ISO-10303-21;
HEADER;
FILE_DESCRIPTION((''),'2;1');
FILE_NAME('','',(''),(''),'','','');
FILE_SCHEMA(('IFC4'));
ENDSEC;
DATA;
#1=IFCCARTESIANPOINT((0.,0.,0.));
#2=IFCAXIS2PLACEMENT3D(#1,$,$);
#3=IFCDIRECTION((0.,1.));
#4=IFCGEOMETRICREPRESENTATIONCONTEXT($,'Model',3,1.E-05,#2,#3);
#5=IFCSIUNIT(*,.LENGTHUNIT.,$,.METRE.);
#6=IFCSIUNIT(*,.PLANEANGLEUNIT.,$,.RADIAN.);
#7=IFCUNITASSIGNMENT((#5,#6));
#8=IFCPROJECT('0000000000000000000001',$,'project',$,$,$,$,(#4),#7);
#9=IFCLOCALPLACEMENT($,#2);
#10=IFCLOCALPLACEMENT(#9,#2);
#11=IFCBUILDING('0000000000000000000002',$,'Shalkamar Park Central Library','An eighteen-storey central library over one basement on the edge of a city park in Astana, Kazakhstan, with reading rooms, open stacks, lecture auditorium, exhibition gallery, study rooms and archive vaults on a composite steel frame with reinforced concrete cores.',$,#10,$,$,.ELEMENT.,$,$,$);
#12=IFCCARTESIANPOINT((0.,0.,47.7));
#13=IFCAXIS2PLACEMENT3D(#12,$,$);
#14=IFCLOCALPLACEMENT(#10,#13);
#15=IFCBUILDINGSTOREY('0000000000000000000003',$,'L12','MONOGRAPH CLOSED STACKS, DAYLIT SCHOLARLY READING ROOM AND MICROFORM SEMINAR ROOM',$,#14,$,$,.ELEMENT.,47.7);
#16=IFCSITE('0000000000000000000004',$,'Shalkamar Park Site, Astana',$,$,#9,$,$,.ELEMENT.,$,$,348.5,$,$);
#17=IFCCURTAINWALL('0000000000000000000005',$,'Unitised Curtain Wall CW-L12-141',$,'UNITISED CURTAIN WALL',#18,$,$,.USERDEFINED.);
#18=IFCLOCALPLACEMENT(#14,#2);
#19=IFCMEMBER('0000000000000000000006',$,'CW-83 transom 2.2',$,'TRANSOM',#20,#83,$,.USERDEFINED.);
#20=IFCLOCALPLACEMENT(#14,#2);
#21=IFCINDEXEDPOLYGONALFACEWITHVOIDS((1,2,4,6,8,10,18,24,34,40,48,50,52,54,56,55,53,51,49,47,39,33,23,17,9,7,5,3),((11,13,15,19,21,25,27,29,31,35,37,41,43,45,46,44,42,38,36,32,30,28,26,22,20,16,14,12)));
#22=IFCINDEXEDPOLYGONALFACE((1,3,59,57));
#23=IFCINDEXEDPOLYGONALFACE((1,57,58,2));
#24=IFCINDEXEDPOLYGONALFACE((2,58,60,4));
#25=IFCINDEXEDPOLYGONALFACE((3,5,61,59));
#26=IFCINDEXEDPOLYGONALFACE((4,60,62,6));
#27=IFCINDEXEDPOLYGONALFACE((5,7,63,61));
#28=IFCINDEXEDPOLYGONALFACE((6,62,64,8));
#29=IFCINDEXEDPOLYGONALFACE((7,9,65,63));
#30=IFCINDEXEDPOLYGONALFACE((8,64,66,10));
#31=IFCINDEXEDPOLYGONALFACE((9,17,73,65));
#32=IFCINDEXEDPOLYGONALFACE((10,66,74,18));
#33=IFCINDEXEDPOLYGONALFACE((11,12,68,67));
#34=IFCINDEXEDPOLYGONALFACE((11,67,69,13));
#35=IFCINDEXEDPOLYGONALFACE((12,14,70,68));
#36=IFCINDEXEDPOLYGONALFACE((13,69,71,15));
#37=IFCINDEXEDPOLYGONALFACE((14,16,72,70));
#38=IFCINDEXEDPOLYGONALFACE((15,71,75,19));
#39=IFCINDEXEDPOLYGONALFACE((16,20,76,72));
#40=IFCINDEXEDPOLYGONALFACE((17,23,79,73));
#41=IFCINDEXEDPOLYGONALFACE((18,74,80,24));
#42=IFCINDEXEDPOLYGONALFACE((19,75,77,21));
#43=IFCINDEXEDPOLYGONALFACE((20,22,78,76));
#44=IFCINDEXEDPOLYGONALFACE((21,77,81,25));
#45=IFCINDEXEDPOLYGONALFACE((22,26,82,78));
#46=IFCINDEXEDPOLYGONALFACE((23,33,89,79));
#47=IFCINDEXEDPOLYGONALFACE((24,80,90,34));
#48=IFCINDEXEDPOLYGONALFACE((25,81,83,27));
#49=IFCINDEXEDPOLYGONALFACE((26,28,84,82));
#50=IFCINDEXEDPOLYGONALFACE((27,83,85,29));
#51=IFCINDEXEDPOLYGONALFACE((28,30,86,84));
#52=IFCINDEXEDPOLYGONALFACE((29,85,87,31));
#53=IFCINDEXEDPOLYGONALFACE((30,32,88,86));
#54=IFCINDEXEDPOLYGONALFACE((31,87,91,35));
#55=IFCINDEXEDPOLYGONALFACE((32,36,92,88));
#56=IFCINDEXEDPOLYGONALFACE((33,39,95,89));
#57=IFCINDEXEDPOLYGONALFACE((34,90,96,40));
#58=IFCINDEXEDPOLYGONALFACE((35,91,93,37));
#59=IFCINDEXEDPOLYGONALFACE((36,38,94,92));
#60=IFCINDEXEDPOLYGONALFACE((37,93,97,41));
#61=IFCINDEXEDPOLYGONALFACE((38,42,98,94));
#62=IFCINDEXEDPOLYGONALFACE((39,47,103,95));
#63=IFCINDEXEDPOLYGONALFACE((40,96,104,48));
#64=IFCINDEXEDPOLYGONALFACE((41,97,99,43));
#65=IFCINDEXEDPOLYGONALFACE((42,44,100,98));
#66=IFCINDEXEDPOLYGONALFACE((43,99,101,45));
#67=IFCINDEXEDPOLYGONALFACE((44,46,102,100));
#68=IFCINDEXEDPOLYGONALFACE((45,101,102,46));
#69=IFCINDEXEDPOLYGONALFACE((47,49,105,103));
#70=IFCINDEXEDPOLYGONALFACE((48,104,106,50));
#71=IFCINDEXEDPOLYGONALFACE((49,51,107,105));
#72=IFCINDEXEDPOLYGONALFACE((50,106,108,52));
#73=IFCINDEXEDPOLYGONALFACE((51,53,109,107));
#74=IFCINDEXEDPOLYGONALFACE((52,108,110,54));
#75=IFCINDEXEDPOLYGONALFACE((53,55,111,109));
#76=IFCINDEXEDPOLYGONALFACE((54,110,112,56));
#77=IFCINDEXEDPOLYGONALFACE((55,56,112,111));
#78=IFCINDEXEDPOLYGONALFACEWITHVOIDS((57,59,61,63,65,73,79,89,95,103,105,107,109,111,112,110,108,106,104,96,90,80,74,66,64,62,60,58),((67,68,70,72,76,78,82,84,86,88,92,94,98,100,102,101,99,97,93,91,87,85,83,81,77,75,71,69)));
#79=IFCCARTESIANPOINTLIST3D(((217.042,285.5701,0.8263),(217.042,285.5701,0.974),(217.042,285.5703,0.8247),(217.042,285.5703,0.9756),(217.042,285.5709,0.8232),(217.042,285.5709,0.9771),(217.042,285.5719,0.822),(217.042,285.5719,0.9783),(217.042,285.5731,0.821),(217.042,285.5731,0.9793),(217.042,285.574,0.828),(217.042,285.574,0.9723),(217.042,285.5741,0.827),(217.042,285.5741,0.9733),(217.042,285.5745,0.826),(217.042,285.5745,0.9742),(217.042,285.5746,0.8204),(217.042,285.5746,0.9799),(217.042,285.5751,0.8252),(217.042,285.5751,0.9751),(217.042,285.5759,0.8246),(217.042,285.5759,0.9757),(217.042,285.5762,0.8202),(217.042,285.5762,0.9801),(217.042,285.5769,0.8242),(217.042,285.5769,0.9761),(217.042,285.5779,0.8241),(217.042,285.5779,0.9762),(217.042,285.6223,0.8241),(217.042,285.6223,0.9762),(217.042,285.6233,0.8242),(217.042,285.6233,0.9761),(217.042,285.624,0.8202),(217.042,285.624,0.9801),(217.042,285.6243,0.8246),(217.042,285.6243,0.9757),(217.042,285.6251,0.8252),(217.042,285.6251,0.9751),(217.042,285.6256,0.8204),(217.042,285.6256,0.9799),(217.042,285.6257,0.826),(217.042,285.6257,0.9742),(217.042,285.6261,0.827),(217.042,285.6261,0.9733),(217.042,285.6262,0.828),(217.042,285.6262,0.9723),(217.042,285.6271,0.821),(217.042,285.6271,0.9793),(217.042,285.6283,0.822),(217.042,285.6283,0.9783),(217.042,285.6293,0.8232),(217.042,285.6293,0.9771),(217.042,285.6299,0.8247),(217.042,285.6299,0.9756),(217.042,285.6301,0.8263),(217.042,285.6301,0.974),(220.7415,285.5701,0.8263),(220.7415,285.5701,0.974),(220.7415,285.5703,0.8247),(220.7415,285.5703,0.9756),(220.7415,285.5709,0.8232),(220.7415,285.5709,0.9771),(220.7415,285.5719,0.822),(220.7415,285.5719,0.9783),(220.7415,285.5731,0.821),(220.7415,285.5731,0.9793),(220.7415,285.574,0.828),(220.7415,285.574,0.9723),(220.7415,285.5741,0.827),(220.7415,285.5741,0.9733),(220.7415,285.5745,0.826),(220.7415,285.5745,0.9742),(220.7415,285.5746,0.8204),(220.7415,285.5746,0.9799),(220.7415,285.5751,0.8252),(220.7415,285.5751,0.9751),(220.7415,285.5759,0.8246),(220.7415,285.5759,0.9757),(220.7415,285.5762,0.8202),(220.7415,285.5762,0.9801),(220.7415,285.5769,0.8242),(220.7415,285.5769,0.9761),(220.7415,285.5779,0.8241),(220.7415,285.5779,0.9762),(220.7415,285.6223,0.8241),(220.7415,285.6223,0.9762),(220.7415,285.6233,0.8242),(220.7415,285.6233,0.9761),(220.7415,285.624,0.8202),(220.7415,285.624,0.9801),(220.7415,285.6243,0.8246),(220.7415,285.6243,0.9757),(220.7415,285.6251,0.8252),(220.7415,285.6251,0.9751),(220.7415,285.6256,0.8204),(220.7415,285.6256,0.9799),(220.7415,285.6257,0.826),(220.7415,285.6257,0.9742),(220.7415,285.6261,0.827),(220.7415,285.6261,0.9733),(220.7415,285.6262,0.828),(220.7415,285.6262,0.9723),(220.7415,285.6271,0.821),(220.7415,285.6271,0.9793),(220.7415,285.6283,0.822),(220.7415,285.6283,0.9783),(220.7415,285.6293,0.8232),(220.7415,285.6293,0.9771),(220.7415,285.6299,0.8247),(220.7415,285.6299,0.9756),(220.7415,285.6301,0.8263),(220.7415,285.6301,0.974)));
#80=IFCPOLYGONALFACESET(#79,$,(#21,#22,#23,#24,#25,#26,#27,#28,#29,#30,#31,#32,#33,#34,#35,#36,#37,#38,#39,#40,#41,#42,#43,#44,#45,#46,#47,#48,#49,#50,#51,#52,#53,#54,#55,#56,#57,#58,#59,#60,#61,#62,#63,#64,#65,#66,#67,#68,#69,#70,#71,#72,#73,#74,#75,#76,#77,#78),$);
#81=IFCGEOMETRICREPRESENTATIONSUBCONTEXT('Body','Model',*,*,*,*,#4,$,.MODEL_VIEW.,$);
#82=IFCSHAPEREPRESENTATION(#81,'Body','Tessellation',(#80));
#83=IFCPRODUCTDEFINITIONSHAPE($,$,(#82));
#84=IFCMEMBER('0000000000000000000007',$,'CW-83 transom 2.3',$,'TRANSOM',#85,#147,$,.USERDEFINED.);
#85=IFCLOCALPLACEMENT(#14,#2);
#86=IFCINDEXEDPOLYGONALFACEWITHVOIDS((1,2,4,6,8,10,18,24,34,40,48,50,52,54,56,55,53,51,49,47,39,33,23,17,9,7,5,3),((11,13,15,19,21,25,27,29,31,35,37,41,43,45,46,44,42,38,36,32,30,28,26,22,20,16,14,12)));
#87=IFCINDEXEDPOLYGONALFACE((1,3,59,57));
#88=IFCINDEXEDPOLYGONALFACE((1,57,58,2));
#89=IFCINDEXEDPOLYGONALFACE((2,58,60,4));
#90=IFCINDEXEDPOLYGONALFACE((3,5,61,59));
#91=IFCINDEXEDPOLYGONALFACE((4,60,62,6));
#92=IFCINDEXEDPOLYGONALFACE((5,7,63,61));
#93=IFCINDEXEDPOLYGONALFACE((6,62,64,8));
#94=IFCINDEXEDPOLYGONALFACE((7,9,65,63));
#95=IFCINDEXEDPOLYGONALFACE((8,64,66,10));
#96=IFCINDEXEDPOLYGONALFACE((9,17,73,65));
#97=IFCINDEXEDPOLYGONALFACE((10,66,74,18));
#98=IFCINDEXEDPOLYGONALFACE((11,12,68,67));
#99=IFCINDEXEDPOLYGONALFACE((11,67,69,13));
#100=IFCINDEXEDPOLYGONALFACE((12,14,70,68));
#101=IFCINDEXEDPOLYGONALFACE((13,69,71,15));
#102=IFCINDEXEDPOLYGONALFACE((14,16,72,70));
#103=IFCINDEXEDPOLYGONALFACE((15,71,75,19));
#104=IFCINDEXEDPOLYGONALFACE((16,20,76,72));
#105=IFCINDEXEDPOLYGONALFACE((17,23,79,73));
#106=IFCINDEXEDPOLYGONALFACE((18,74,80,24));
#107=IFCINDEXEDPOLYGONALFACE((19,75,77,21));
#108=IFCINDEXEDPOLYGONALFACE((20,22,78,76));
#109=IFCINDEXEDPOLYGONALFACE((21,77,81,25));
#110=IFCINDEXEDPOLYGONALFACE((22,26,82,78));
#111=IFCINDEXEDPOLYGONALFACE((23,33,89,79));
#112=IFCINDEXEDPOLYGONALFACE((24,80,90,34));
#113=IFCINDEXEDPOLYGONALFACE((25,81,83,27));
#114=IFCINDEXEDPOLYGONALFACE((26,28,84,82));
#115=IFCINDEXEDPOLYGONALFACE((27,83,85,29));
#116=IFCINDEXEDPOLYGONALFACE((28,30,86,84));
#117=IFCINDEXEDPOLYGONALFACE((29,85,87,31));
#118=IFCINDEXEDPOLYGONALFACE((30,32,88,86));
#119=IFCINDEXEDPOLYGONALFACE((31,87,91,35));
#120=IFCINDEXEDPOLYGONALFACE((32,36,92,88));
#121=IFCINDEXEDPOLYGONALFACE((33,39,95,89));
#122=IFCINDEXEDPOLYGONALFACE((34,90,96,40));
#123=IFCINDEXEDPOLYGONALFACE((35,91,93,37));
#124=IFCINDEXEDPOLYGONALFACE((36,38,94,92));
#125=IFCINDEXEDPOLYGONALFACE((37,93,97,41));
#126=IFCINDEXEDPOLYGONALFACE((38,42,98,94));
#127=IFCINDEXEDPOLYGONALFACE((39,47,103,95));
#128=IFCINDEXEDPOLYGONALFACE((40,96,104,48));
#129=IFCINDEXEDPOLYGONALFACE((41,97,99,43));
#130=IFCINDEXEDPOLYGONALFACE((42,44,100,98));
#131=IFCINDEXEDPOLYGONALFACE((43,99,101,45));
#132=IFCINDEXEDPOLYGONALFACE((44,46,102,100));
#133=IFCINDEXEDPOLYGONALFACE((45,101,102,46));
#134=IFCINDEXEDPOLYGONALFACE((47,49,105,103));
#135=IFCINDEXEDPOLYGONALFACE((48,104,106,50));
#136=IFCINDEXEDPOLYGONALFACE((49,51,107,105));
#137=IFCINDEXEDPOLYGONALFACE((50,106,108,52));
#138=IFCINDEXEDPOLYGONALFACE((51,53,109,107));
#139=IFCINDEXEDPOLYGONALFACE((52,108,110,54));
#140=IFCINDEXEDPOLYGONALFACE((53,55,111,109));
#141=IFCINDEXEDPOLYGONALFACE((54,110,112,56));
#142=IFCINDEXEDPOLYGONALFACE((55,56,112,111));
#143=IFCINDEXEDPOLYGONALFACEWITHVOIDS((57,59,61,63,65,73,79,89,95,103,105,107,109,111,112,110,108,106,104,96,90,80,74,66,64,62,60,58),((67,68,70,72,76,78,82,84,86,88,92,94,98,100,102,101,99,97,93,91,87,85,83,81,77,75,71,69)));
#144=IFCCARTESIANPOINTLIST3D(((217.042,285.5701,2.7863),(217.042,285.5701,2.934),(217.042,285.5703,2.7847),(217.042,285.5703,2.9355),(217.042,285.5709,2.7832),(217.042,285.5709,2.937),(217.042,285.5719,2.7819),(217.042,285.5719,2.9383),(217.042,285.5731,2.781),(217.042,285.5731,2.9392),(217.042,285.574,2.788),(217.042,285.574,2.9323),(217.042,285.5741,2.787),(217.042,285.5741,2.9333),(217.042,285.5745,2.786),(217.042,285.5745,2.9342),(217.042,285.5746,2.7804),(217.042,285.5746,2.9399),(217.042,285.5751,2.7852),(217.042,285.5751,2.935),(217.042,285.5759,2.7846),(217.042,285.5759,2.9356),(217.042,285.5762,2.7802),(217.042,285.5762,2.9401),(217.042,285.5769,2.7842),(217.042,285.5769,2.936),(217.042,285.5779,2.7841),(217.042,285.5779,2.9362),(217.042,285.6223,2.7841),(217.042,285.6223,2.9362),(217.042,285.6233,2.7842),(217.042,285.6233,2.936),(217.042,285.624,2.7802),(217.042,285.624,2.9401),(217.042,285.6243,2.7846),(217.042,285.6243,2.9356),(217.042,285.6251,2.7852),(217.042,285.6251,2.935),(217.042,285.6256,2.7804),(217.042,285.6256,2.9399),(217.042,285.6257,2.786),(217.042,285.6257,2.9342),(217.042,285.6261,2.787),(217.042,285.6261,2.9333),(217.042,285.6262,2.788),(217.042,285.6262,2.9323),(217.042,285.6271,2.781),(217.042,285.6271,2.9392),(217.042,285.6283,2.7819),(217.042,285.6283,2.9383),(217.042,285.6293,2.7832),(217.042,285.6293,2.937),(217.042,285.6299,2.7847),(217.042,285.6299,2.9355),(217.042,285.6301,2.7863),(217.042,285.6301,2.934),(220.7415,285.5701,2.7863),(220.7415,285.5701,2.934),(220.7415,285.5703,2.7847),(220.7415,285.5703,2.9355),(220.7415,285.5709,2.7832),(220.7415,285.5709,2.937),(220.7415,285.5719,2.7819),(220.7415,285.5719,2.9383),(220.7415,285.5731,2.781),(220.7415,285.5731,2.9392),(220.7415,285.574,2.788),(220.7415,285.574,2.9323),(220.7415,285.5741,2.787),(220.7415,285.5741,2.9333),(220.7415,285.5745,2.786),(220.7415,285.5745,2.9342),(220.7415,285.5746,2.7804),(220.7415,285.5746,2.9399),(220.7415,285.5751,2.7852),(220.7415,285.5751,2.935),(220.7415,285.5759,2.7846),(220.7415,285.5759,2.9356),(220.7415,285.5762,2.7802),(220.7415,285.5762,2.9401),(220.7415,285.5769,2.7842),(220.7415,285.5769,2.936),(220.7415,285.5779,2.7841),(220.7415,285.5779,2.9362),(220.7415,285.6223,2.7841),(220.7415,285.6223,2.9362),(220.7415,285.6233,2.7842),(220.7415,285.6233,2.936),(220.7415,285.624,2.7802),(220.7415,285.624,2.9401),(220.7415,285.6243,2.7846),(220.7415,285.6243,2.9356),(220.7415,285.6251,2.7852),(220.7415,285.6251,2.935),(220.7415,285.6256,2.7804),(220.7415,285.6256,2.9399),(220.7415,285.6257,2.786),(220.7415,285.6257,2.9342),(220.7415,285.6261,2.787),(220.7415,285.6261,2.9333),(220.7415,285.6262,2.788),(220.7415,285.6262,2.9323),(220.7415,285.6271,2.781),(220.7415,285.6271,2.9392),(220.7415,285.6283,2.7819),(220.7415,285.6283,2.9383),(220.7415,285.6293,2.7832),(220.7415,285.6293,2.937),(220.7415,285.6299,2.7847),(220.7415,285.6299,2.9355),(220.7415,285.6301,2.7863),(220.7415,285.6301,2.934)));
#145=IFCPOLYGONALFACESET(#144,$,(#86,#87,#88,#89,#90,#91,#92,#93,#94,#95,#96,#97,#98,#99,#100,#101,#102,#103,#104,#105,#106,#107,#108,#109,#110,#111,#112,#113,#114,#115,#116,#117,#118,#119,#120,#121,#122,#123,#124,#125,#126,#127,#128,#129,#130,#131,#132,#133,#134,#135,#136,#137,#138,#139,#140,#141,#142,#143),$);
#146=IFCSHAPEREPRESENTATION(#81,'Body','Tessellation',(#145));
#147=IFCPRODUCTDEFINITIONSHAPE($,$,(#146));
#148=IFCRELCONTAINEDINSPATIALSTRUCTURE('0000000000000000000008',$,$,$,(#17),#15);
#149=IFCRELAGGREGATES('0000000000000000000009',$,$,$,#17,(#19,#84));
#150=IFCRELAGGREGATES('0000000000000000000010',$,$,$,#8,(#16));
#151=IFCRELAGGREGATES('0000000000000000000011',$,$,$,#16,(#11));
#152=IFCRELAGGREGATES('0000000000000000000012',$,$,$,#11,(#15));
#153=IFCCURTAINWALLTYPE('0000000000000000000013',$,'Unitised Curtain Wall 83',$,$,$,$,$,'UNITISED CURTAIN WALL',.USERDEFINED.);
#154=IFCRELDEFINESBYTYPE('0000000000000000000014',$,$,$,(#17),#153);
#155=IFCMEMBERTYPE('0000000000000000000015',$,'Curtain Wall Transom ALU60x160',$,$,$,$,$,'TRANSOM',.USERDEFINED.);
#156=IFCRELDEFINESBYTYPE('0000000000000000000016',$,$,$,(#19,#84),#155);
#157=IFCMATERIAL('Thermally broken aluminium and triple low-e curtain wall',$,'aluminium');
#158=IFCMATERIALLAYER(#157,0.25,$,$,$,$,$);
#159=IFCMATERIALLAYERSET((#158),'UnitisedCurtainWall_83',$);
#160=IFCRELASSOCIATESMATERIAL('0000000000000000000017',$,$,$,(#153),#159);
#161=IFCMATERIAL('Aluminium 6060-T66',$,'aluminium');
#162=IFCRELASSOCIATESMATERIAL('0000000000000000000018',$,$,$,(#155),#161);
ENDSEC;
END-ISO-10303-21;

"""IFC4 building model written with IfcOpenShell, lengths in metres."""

from ifc_helpers import new_model, si_unit, direction, frame, origin, origin_2d, place, context, subcontext, project, spatial, hollow_rectangle, extrude, material, layer, layer_set, material_profile, profile_set, type_object, element, aggregate, save


model = new_model("IFC4")

# Units and contexts
model_context = context("Model", 3, precision=1e-05, world=origin(), true_north=direction((0.0, 1.0)))
body_context = subcontext(model_context, "Body", "Model", "MODEL_VIEW")
ifc_project = project(units=[si_unit("LENGTHUNIT", "METRE"), si_unit("PLANEANGLEUNIT", "RADIAN")], contexts=[model_context])

# Site, building, storey
site_placement = place(None, origin())
site = spatial("IfcSite", under=ifc_project, at=site_placement, Name="Shalkamar Park Site, Astana", CompositionType="ELEMENT", RefElevation=348.5)
building_placement = place(site_placement, origin())
building = spatial("IfcBuilding", under=site, at=building_placement, Name="Shalkamar Park Central Library", Description="An eighteen-storey central library over one basement on the edge of a city park in Astana, Kazakhstan, with reading rooms, open stacks, lecture auditorium, exhibition gallery, study rooms and archive vaults on a composite steel frame with reinforced concrete cores.", CompositionType="ELEMENT")
storey_placement = place(building_placement, frame((0.0, 0.0, 47.7)))
storey = spatial("IfcBuildingStorey", under=building, at=storey_placement, Name="L12", Description="MONOGRAPH CLOSED STACKS, DAYLIT SCHOLARLY READING ROOM AND MICROFORM SEMINAR ROOM", CompositionType="ELEMENT", Elevation=47.7)

# Curtain wall
ifc_material_1 = material(Name="Thermally broken aluminium and triple low-e curtain wall", Category="aluminium")
ifc_layer_1 = layer(ifc_material_1, 0.25)
ifc_layer_set_1 = layer_set([ifc_layer_1], Name="UnitisedCurtainWall_83")
curtain_wall_type_1 = type_object("IfcCurtainWallType", Name="Unitised Curtain Wall 83", ElementType="UNITISED CURTAIN WALL", PredefinedType="USERDEFINED", material=ifc_layer_set_1)
curtain_wall_1_placement = place(storey_placement, origin())
curtain_wall_1 = element("IfcCurtainWall", 1, at=curtain_wall_1_placement, inside=storey, type_object=curtain_wall_type_1, Name="Unitised Curtain Wall CW-L12-141", ObjectType="UNITISED CURTAIN WALL", PredefinedType="USERDEFINED")
ifc_material_2 = material(Name="Aluminium 6060-T66", Category="aluminium")

# Members
ifc_material_profile_1 = material_profile(ifc_material_2, hollow_rectangle(XDim=0.0601, YDim=0.1599, WallThickness=0.0039, InnerFilletRadius=0.0039, OuterFilletRadius=0.0061, at=origin_2d()), Name="ALU 60x160x4")
ifc_profile_set_1 = profile_set([ifc_material_profile_1], Name="Aluminium 6060-T66")
member_type_1 = type_object("IfcMemberType", Name="Curtain Wall Transom ALU60x160", ElementType="TRANSOM", PredefinedType="USERDEFINED", material=ifc_profile_set_1)
member_1_placement = place(storey_placement, frame((217.042, 285.6001, 0.9001), z_axis=(1.0, 0.0, 0.0), x_axis=(0.0, 1.0, 0.0)))
member_1 = element("IfcMember", 2, at=member_1_placement, type_object=member_type_1, Name="CW-83 transom 2.2", ObjectType="TRANSOM", PredefinedType="USERDEFINED", context=body_context, shape_type="SweptSolid", body=[
    extrude(hollow_rectangle(XDim=0.0601, YDim=0.1599, WallThickness=0.0039, InnerFilletRadius=0.0039, OuterFilletRadius=0.0061, at=origin_2d()), origin(), (0.0, 0.0, 1.0), 3.6995),
])
member_2_placement = place(storey_placement, frame((217.042, 285.6001, 2.8601), z_axis=(1.0, 0.0, 0.0), x_axis=(0.0, 1.0, 0.0)))
member_2 = element("IfcMember", 3, at=member_2_placement, type_object=member_type_1, Name="CW-83 transom 2.3", ObjectType="TRANSOM", PredefinedType="USERDEFINED", context=body_context, shape_type="SweptSolid", body=[
    extrude(hollow_rectangle(XDim=0.0601, YDim=0.1599, WallThickness=0.0039, InnerFilletRadius=0.0039, OuterFilletRadius=0.0061, at=origin_2d()), origin(), (0.0, 0.0, 1.0), 3.6995),
])

aggregate(curtain_wall_1, [member_1, member_2])

save(model, "model.ifc")
